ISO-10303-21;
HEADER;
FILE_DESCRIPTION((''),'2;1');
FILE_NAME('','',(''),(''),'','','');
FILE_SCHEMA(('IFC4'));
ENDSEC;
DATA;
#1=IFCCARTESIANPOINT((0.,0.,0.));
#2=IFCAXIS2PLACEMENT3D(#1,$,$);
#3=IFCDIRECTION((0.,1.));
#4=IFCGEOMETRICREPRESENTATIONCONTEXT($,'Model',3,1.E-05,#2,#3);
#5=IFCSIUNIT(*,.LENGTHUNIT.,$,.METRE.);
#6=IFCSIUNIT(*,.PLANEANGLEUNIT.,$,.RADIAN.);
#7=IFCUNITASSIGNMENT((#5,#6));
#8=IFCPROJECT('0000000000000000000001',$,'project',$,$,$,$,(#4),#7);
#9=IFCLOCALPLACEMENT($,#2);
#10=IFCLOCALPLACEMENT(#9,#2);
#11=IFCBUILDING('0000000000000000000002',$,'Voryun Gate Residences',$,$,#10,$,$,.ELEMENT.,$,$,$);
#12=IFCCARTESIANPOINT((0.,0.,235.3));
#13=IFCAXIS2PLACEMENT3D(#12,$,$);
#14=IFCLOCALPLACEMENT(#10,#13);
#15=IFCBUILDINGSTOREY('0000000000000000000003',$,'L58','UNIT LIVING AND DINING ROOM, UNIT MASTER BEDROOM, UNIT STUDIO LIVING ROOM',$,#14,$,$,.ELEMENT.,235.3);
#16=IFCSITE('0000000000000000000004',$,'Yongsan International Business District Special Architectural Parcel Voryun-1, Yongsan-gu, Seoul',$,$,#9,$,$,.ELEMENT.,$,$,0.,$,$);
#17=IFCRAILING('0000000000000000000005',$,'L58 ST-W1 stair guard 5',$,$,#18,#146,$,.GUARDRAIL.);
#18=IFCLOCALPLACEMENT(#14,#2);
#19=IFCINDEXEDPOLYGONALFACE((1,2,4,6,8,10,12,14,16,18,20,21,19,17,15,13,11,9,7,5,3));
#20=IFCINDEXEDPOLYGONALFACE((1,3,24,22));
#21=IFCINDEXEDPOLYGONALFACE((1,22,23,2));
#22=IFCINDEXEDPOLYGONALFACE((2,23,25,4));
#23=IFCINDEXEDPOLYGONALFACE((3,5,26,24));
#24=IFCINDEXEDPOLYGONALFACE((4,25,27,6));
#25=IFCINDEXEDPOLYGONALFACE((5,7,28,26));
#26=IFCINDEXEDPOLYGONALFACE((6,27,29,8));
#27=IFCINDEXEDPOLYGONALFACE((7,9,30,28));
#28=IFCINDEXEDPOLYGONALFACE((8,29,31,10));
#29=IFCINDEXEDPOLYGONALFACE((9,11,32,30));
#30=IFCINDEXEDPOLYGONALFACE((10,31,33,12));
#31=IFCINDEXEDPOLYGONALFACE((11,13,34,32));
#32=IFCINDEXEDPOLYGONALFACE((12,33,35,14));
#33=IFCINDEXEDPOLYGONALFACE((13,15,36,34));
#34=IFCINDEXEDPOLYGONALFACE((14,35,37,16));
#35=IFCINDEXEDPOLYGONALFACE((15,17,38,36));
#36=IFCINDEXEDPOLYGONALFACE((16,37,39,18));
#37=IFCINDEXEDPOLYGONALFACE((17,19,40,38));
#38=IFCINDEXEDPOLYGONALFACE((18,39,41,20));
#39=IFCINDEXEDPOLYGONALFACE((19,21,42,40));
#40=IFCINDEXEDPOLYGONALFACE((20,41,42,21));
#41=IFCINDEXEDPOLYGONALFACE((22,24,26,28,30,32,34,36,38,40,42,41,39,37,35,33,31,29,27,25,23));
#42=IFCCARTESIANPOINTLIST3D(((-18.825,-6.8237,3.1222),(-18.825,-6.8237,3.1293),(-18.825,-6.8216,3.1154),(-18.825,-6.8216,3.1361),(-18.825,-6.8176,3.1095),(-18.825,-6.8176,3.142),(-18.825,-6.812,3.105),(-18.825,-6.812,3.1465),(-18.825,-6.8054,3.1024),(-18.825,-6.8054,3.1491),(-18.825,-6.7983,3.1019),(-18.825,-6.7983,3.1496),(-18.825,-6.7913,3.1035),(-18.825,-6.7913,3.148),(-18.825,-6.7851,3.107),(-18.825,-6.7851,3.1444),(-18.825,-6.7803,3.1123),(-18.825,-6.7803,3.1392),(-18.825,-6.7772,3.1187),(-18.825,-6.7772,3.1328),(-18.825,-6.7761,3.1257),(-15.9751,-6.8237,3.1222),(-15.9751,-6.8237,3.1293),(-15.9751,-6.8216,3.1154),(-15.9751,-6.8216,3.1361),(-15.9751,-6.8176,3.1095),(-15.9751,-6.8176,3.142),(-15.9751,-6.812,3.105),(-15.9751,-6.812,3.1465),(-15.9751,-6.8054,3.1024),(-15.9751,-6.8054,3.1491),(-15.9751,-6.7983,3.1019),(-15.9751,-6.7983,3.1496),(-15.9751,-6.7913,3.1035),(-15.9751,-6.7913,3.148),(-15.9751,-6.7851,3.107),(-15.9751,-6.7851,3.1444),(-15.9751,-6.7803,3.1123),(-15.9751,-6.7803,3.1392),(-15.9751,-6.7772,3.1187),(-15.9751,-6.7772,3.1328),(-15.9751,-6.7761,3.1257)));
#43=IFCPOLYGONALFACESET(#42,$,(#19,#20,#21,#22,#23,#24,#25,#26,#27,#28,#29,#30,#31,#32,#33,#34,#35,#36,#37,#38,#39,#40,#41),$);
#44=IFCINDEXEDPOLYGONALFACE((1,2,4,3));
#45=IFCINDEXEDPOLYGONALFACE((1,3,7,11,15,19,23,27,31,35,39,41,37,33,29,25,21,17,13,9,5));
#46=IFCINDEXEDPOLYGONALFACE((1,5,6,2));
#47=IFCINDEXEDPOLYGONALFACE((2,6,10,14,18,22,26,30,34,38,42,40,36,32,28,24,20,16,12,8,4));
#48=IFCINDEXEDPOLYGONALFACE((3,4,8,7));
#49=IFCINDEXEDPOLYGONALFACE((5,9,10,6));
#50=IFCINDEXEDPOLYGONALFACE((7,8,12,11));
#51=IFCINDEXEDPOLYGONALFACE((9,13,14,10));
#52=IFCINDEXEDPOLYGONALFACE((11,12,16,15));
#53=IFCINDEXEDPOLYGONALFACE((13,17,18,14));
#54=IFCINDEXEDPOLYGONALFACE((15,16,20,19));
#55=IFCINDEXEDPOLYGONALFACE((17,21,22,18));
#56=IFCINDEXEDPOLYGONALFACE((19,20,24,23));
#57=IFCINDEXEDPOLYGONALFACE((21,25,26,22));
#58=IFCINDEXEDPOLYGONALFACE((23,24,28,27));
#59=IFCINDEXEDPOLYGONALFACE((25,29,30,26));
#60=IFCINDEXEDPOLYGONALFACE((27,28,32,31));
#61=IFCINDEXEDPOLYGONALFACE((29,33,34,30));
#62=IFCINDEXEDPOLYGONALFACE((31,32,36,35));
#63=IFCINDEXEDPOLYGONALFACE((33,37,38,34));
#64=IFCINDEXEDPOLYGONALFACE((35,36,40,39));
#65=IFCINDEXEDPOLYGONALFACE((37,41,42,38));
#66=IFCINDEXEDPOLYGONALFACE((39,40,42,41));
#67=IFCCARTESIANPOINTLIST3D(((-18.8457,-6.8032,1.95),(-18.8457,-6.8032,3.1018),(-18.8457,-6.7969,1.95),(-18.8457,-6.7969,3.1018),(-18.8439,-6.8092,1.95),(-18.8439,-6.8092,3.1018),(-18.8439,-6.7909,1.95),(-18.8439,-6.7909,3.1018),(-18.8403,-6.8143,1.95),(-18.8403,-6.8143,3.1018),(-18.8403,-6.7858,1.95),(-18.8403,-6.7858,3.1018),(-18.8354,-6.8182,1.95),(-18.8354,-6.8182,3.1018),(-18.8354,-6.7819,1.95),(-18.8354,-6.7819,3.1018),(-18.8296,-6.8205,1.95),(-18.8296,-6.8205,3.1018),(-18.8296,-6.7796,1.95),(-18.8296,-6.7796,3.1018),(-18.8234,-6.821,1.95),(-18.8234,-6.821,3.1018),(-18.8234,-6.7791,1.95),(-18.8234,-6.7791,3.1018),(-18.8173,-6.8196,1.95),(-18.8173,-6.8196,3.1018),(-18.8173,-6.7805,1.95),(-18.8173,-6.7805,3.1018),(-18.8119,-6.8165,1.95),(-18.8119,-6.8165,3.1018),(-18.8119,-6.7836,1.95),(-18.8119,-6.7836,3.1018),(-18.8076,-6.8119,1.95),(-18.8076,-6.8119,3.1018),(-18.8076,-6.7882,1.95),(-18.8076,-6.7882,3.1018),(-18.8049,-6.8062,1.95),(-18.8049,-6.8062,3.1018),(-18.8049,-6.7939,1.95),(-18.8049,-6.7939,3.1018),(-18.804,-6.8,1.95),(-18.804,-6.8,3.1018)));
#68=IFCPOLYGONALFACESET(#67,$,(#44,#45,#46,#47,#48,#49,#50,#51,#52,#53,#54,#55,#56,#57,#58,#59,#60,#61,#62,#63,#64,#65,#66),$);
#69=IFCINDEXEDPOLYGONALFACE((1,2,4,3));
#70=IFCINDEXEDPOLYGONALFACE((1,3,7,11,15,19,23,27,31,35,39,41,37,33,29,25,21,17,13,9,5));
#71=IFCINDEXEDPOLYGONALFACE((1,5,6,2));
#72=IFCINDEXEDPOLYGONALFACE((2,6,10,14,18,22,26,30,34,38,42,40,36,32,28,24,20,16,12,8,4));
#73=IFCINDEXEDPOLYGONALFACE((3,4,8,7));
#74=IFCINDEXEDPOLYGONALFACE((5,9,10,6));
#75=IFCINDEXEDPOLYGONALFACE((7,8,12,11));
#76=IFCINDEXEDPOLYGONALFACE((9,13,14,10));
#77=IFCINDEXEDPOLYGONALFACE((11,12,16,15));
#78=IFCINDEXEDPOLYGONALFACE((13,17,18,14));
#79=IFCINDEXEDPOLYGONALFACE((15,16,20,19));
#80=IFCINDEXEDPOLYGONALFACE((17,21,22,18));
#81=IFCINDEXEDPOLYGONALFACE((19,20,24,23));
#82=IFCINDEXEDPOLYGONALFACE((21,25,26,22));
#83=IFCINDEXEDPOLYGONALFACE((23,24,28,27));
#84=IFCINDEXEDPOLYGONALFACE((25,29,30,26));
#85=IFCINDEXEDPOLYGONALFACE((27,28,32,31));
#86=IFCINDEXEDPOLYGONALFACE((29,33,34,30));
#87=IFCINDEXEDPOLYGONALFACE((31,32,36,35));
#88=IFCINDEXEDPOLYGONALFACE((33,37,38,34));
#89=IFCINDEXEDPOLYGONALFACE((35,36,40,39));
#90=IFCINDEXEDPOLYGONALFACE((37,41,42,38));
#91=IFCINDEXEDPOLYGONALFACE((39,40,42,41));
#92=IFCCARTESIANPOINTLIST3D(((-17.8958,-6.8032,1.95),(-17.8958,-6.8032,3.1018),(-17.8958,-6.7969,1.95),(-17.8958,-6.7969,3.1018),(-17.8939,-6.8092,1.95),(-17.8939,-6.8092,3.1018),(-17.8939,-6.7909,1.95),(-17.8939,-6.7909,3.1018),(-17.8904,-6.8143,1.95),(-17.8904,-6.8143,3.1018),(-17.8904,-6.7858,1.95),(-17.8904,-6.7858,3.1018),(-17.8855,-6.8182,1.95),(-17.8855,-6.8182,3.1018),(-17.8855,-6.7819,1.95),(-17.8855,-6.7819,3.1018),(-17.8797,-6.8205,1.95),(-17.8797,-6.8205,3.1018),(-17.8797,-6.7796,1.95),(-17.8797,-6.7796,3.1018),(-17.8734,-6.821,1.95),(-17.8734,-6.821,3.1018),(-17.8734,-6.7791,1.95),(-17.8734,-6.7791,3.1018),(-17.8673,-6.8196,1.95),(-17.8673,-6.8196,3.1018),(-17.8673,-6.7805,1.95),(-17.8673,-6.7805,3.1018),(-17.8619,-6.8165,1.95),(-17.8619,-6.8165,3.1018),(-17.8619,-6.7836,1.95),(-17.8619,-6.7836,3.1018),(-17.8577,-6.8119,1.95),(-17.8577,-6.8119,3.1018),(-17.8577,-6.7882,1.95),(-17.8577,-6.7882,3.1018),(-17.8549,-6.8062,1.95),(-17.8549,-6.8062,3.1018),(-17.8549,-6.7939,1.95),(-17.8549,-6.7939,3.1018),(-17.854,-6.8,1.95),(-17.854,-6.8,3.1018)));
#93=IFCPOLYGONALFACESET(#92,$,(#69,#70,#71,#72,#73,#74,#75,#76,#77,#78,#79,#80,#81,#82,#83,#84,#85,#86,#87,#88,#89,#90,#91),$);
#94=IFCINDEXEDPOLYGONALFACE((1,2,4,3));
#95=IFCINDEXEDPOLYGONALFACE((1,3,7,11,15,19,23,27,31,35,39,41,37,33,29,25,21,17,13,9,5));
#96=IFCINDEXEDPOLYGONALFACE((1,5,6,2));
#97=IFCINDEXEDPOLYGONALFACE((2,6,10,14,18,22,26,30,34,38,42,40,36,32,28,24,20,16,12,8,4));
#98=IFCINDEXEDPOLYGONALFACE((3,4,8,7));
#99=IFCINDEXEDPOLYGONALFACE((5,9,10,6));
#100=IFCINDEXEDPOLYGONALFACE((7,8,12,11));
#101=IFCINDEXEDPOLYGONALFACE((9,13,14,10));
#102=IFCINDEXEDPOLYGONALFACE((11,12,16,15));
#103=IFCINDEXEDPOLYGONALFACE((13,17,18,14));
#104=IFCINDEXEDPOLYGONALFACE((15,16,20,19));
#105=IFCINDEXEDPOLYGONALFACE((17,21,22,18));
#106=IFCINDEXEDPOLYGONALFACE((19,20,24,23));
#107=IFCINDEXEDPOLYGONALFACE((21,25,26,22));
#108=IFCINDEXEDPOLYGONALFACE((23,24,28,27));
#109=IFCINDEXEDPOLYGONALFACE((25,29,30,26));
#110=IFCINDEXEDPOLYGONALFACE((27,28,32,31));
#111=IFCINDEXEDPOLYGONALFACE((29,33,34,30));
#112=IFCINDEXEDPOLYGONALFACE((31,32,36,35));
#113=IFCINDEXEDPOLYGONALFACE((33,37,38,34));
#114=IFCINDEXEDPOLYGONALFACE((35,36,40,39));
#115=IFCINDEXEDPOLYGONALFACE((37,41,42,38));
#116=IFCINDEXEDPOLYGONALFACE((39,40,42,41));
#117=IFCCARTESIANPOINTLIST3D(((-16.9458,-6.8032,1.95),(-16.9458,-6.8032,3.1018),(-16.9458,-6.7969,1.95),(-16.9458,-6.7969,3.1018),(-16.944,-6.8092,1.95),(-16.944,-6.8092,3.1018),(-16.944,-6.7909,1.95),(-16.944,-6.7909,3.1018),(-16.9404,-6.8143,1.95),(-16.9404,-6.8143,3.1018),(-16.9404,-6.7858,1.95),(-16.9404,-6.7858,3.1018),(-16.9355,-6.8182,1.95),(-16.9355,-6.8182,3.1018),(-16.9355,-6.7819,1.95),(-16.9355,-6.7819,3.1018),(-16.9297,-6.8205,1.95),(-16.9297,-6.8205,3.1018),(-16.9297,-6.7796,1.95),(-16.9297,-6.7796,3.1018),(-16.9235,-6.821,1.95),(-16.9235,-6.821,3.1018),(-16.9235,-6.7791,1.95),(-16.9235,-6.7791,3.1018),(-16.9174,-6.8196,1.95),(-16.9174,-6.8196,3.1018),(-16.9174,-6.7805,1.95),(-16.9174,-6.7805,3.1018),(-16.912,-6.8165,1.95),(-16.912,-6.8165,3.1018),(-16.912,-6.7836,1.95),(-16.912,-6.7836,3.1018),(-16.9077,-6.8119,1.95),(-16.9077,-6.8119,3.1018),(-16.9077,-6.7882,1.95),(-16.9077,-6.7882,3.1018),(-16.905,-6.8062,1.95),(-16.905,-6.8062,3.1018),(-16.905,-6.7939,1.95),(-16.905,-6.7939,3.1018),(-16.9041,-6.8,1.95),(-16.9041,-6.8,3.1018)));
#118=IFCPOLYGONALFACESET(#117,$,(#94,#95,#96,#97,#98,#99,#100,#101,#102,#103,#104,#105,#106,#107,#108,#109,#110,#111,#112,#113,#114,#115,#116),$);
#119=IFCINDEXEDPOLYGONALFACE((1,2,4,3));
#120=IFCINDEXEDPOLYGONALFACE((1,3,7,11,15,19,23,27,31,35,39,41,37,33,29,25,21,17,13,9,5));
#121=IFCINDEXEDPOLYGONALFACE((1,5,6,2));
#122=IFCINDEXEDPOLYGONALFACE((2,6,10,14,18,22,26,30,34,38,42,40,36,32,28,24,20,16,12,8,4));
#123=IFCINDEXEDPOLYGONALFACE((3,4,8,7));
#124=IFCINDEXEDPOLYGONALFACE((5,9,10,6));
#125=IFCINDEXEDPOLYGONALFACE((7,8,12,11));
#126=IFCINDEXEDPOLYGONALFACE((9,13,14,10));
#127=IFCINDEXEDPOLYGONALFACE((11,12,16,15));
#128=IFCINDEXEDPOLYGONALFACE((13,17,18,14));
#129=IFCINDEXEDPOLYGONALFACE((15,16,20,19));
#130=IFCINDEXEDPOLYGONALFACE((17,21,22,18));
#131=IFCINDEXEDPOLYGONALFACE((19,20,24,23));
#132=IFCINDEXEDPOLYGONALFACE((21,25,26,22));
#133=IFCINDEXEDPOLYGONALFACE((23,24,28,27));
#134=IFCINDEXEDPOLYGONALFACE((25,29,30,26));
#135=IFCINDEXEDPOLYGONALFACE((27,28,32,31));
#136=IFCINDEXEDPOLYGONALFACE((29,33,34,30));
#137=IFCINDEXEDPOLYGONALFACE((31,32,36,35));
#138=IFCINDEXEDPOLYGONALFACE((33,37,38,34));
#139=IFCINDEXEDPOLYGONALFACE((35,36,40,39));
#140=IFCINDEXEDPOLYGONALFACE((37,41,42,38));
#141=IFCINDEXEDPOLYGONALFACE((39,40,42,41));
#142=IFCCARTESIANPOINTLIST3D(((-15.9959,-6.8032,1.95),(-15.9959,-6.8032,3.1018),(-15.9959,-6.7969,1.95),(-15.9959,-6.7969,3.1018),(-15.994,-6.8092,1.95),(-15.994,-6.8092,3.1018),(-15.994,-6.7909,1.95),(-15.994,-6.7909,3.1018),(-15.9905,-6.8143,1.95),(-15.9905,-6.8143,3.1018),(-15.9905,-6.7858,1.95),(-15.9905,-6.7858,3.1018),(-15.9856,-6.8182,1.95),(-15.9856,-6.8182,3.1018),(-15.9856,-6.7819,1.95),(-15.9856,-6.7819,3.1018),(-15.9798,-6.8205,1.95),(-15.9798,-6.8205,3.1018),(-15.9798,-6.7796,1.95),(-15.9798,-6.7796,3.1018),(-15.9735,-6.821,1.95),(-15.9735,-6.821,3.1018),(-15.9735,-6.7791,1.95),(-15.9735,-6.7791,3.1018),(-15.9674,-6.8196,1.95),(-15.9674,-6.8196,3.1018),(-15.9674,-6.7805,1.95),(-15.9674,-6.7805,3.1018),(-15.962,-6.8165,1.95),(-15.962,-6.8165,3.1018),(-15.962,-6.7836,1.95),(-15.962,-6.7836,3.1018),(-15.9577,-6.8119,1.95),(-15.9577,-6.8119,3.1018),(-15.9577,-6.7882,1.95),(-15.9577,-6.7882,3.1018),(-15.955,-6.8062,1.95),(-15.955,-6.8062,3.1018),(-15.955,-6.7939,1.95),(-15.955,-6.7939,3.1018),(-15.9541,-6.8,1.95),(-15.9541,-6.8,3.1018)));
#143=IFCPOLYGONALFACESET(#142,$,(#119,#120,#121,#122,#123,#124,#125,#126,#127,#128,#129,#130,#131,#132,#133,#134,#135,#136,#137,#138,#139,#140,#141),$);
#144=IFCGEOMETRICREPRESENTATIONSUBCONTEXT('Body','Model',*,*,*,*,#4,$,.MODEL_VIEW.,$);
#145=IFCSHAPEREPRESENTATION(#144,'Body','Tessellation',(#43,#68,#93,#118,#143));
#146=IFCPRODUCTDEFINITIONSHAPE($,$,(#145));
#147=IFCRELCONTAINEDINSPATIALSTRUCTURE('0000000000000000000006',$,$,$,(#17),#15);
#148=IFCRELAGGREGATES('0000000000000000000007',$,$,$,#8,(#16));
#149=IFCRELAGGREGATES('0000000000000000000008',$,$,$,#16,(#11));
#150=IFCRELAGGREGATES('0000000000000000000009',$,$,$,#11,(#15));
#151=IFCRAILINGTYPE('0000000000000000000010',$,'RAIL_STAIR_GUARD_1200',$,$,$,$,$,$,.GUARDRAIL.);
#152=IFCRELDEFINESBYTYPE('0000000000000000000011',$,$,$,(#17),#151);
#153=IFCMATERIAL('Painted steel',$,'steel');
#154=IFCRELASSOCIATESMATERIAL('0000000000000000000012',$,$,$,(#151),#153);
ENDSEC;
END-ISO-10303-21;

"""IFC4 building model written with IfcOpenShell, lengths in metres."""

from ifc_helpers import new_model, si_unit, direction, frame, origin, origin_2d, place, context, subcontext, project, spatial, circle, extrude, material, type_object, element, save


model = new_model("IFC4")

# Units and contexts
model_context = context("Model", 3, precision=1e-05, world=origin(), true_north=direction((0.0, 1.0)))
body_context = subcontext(model_context, "Body", "Model", "MODEL_VIEW")
ifc_project = project(units=[si_unit("LENGTHUNIT", "METRE"), si_unit("PLANEANGLEUNIT", "RADIAN")], contexts=[model_context])

# Site, building, storey
site_placement = place(None, origin())
site = spatial("IfcSite", under=ifc_project, at=site_placement, Name="Yongsan International Business District Special Architectural Parcel Voryun-1, Yongsan-gu, Seoul", CompositionType="ELEMENT", RefElevation=0.0)
building_placement = place(site_placement, origin())
building = spatial("IfcBuilding", under=site, at=building_placement, Name="Voryun Gate Residences", CompositionType="ELEMENT")
storey_placement = place(building_placement, frame((0.0, 0.0, 235.3)))
storey = spatial("IfcBuildingStorey", under=building, at=storey_placement, Name="L58", Description="UNIT LIVING AND DINING ROOM, UNIT MASTER BEDROOM, UNIT STUDIO LIVING ROOM", CompositionType="ELEMENT", Elevation=235.3)

# Railing
ifc_material_1 = material(Name="Painted steel", Category="steel")
railing_type_1 = type_object("IfcRailingType", Name="RAIL_STAIR_GUARD_1200", PredefinedType="GUARDRAIL", material=ifc_material_1)
railing_1_placement = place(storey_placement, frame((-18.825, -6.8, 1.95)))
element("IfcRailing", 1, at=railing_1_placement, inside=storey, type_object=railing_type_1, Name="L58 ST-W1 stair guard 5", PredefinedType="GUARDRAIL", context=body_context, shape_type="SweptSolid", body=[
    extrude(circle(Radius=0.0239, at=origin_2d()), frame((0.0, 0.0, 1.1758), z_axis=(1.0, 0.0, 0.0), x_axis=(0.0, 1.0, 0.0)), (0.0, 0.0, 1.0), 2.8499),
    extrude(circle(Radius=0.021, at=origin_2d()), origin(), (0.0, 0.0, 1.0), 1.1519),
    extrude(circle(Radius=0.021, at=origin_2d()), frame((0.95, 0.0, 0.0)), (0.0, 0.0, 1.0), 1.1519),
    extrude(circle(Radius=0.021, at=origin_2d()), frame((1.8999, 0.0, 0.0)), (0.0, 0.0, 1.0), 1.1519),
    extrude(circle(Radius=0.021, at=origin_2d()), frame((2.8499, 0.0, 0.0)), (0.0, 0.0, 1.0), 1.1519),
])

save(model, "model.ifc")
